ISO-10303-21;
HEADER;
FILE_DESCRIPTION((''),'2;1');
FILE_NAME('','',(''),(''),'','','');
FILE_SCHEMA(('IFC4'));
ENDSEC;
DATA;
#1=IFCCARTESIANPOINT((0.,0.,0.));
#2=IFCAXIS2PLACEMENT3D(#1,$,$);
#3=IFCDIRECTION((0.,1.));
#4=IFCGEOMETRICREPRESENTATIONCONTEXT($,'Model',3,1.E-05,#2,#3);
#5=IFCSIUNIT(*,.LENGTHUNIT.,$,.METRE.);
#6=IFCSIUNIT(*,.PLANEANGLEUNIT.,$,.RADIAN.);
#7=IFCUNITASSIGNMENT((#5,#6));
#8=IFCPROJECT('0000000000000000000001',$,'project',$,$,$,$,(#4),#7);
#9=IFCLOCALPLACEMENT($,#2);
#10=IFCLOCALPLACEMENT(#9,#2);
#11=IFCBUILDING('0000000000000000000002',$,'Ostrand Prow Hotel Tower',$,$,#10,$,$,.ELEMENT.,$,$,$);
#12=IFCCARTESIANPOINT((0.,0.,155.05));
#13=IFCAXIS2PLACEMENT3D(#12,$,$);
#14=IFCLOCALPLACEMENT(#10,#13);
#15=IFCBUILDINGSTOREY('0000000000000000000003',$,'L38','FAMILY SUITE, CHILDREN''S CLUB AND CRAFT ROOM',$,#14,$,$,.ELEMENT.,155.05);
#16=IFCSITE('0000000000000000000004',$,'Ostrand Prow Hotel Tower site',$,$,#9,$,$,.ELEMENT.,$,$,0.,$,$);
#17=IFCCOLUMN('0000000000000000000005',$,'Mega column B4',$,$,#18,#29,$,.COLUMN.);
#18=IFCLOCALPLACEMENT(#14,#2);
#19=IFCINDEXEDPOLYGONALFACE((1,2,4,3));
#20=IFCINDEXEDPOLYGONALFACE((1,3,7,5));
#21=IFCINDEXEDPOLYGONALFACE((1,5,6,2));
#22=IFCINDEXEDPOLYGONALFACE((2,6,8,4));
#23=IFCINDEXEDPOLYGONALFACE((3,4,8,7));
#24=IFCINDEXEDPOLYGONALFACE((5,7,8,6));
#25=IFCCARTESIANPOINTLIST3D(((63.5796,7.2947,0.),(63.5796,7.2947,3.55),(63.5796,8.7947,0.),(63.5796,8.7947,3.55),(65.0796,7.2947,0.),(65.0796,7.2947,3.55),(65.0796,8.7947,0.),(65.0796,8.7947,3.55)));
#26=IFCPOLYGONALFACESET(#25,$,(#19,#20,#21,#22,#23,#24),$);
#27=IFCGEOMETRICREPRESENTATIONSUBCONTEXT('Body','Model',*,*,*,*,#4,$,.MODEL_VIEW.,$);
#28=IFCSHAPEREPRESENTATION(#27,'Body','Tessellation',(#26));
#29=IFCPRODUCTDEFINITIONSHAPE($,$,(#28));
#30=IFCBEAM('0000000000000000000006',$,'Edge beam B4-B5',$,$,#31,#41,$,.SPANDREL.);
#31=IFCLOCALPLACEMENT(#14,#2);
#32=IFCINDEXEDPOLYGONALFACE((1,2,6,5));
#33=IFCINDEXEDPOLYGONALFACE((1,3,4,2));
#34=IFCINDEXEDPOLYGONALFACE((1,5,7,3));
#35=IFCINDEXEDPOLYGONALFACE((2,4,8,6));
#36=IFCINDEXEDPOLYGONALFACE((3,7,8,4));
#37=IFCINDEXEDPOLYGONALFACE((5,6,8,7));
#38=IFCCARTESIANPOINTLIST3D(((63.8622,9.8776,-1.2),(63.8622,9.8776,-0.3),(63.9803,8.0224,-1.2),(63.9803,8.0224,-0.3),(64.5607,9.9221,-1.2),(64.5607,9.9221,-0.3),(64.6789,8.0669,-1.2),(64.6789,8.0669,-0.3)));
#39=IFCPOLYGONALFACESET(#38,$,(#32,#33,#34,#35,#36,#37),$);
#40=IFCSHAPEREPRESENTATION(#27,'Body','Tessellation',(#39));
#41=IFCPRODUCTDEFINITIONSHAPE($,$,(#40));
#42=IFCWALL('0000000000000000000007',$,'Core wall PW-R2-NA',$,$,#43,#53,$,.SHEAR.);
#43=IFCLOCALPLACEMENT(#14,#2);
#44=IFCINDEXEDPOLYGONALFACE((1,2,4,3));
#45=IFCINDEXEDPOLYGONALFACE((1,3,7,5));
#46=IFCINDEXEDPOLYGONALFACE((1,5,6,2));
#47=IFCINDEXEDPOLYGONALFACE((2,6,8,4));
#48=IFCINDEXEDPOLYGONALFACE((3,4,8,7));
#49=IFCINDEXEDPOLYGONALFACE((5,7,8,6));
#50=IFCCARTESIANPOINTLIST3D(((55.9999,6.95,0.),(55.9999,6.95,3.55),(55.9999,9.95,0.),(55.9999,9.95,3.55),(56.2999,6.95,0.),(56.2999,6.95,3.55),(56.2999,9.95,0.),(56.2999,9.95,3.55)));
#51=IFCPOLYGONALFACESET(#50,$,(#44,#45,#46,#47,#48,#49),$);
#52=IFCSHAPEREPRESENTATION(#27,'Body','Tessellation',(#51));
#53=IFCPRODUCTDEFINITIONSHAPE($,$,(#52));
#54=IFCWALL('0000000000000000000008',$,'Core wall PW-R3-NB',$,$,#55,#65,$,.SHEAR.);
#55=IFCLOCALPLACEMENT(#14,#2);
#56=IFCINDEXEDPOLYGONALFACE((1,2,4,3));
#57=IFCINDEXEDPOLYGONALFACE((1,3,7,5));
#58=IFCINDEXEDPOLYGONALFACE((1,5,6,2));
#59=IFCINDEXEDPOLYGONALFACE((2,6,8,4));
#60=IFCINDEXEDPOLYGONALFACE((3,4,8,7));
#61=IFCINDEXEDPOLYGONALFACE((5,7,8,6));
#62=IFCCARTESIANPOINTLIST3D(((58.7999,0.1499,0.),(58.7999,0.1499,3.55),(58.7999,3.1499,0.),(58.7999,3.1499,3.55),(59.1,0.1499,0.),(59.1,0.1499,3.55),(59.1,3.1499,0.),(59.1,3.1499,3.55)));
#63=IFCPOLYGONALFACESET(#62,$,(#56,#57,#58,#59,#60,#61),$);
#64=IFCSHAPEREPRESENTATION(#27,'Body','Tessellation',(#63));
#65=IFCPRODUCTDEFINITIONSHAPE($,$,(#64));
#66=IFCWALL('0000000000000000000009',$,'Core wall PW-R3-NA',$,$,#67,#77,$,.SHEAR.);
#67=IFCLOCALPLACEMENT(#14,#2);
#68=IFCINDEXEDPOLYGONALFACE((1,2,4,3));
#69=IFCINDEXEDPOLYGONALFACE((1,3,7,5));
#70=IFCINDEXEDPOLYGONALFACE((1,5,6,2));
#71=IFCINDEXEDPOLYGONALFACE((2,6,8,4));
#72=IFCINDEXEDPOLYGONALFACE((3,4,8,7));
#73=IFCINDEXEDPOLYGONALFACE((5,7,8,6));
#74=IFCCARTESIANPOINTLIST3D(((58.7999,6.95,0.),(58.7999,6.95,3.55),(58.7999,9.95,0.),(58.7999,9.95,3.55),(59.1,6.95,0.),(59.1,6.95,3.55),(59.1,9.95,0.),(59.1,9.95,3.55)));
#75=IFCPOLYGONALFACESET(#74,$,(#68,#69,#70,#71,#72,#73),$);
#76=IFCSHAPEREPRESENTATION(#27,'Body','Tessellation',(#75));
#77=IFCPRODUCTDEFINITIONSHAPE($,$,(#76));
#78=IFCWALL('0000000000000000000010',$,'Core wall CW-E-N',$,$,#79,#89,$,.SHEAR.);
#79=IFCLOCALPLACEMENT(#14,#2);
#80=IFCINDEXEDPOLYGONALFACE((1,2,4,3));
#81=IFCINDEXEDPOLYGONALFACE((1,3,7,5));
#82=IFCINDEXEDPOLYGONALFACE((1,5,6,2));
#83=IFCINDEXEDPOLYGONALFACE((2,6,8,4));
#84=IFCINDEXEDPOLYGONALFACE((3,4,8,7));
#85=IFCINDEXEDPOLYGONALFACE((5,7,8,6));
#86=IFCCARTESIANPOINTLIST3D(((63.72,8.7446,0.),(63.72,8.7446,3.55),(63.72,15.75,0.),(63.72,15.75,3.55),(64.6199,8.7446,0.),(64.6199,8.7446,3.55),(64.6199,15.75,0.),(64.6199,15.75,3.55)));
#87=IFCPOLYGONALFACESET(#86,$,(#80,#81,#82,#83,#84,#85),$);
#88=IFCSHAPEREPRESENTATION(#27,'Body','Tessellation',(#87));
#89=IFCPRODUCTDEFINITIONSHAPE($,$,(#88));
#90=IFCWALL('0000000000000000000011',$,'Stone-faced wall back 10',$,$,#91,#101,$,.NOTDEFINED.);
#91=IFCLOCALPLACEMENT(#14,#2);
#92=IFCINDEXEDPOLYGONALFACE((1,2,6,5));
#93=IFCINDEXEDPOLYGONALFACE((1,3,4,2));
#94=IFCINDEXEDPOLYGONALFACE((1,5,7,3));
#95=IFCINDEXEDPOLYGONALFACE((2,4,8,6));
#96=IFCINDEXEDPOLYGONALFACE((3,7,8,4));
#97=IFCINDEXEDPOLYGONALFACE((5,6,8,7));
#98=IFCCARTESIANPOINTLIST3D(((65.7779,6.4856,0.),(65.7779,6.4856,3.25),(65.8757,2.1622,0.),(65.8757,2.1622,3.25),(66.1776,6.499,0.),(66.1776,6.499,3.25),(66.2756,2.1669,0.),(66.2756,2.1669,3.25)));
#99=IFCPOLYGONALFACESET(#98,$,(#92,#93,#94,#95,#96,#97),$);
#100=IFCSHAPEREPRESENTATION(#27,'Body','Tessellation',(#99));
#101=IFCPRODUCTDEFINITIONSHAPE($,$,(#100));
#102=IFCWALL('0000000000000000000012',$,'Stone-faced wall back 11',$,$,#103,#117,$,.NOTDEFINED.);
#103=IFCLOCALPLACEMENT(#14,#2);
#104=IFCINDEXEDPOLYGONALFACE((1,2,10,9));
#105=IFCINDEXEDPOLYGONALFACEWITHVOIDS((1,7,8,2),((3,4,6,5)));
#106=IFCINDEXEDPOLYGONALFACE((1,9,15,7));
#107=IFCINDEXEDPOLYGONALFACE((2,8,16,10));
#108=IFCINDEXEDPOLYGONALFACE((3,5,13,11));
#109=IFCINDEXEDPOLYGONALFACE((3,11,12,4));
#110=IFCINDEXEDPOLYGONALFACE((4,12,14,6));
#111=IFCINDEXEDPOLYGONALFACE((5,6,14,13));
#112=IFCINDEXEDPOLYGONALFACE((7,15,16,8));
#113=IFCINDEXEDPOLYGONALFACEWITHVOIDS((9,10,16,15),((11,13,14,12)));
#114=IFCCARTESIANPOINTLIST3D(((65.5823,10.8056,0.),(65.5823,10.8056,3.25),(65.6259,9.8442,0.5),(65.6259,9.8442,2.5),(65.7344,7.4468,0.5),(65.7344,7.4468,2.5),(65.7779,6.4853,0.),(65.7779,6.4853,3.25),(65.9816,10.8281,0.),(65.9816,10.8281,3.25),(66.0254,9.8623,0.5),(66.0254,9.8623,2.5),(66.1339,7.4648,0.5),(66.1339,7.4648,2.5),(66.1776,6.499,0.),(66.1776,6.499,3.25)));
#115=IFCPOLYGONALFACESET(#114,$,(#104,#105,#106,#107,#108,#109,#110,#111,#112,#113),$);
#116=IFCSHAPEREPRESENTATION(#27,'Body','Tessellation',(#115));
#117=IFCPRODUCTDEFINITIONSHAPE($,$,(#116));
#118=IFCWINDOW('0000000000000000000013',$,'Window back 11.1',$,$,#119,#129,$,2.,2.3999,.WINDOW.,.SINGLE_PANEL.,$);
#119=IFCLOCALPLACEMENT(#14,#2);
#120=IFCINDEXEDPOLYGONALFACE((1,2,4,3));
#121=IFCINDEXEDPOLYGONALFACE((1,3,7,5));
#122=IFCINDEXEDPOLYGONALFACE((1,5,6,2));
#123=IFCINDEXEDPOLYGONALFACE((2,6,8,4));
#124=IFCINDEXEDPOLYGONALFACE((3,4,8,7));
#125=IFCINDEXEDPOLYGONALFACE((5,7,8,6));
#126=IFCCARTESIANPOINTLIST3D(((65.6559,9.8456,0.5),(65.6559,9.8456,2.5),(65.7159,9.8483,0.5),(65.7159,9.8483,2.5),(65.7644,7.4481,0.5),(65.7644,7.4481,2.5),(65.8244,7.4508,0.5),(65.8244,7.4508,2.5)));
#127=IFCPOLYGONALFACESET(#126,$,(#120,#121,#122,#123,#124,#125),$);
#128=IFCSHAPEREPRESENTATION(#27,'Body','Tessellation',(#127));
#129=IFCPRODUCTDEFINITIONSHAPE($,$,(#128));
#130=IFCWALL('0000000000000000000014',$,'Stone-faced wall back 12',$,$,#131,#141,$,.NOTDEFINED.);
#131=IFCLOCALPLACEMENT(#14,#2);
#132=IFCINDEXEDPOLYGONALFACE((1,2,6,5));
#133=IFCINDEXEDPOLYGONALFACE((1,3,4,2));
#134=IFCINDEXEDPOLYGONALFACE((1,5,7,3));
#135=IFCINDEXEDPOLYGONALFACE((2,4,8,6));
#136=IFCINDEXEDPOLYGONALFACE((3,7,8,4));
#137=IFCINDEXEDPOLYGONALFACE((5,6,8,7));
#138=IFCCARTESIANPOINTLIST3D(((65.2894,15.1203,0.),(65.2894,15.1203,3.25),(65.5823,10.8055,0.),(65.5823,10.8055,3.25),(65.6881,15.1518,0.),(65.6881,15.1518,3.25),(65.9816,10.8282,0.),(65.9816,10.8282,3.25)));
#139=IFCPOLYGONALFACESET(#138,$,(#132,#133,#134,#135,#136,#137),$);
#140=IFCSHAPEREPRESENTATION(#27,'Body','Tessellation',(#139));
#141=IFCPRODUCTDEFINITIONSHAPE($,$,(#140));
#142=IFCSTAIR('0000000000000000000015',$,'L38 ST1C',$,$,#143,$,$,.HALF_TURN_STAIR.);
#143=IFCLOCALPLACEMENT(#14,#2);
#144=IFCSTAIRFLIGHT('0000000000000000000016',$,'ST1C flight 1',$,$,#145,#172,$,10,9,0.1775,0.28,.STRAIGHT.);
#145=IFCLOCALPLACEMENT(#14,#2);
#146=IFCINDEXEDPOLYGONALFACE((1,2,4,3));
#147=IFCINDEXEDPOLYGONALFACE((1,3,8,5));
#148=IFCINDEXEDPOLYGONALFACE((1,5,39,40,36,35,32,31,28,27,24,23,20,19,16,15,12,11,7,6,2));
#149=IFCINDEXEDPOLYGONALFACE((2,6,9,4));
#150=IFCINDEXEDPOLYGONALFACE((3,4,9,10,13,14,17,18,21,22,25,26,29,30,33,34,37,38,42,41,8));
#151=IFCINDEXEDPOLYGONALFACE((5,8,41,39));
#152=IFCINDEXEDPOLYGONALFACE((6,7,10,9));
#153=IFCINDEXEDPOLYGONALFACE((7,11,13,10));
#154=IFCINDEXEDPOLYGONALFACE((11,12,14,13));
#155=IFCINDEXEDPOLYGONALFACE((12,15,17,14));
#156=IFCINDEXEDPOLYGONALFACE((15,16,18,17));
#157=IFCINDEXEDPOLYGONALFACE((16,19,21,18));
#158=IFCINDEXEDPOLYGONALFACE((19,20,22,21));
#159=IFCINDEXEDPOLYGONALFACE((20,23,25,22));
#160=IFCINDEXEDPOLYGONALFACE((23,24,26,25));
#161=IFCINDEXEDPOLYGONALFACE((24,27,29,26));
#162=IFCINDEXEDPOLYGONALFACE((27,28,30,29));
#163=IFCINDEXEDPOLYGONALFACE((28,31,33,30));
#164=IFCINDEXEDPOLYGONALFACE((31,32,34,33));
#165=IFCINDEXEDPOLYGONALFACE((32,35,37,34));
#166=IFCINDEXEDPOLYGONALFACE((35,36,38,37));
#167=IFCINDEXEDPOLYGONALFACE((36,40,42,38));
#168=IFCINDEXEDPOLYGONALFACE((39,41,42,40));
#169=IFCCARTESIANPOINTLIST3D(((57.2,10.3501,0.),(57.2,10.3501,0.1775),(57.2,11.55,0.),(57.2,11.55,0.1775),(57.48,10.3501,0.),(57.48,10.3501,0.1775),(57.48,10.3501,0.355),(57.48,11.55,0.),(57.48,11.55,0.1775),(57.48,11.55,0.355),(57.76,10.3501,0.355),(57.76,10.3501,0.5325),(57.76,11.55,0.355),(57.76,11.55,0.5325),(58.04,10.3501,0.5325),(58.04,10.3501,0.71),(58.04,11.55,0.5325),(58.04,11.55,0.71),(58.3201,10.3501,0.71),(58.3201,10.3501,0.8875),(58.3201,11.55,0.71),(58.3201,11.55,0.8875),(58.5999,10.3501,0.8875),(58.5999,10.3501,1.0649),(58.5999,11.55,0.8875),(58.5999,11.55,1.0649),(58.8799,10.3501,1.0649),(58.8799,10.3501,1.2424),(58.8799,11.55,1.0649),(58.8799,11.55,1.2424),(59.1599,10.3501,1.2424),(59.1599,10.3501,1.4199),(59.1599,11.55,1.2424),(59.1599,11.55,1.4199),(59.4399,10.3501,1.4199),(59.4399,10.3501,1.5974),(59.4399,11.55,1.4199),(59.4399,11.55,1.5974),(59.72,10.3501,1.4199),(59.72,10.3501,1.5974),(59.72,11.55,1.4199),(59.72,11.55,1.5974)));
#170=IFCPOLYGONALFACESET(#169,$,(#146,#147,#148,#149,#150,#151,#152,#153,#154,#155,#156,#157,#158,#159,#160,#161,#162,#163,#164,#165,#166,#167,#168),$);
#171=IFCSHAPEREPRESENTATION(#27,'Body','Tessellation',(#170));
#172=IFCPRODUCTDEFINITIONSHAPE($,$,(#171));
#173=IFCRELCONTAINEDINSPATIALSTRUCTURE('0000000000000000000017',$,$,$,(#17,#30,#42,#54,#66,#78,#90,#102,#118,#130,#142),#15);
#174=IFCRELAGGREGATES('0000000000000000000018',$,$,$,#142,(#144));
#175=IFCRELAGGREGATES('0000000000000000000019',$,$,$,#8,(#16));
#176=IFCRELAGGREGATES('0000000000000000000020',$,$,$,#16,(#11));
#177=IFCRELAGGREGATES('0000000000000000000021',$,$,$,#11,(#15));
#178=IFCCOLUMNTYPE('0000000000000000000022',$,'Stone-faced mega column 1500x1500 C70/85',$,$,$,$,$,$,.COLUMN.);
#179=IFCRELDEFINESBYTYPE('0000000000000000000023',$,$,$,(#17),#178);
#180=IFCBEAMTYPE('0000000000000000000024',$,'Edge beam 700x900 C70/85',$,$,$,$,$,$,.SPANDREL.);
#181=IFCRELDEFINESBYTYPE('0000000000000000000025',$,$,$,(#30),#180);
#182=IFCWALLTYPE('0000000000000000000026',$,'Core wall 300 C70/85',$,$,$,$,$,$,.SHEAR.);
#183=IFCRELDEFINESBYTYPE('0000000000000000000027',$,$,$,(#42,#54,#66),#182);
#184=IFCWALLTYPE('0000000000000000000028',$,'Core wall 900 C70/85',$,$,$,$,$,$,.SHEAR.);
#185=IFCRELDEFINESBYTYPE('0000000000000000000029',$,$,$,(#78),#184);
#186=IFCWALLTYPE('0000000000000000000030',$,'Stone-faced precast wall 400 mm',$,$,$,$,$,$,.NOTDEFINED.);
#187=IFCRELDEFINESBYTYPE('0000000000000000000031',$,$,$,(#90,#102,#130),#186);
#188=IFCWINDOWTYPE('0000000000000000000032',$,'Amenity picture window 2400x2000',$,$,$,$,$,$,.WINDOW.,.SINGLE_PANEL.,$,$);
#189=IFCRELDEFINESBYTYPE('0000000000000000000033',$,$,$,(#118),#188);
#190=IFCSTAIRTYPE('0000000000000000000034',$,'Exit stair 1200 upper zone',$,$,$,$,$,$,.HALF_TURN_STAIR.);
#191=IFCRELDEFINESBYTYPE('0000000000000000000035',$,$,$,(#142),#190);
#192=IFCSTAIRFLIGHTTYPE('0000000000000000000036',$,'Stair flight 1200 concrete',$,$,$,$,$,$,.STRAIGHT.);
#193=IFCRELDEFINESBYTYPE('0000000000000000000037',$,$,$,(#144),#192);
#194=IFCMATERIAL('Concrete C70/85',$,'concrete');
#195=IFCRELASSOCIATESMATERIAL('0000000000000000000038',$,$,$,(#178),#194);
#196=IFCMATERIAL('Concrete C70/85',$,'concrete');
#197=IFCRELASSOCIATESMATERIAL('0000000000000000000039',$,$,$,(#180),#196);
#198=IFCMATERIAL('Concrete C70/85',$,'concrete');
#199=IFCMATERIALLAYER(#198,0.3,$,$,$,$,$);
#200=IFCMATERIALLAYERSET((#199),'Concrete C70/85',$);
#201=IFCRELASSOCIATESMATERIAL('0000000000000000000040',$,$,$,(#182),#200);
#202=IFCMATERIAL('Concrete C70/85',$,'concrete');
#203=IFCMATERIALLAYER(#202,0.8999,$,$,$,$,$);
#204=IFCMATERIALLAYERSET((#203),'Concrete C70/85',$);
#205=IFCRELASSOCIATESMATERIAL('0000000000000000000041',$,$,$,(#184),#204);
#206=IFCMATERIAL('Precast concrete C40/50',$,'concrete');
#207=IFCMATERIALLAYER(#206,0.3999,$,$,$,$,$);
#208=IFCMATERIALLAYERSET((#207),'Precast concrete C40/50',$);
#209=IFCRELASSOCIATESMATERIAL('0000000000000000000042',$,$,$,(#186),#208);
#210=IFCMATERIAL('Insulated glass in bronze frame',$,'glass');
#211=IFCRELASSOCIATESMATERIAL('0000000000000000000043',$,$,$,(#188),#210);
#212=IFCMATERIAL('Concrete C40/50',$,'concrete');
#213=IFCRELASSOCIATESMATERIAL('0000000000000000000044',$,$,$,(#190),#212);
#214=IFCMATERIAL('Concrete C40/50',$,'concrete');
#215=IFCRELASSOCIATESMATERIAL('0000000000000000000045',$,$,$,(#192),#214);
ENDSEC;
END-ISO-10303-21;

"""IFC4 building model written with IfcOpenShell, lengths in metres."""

from ifc_helpers import new_model, si_unit, direction, frame, frame_2d, origin, origin_2d, place, context, subcontext, project, spatial, polyline, rectangle, outline, extrude, material, layer, layer_set, material_profile, profile_set, type_object, element, fill, aggregate, save


model = new_model("IFC4")

# Units and contexts
model_context = context("Model", 3, precision=1e-05, world=origin(), true_north=direction((0.0, 1.0)))
body_context = subcontext(model_context, "Body", "Model", "MODEL_VIEW")
ifc_project = project(units=[si_unit("LENGTHUNIT", "METRE"), si_unit("PLANEANGLEUNIT", "RADIAN")], contexts=[model_context])

# Site, building, storey
site_placement = place(None, origin())
site = spatial("IfcSite", under=ifc_project, at=site_placement, Name="Ostrand Prow Hotel Tower site", CompositionType="ELEMENT", RefElevation=0.0)
building_placement = place(site_placement, origin())
building = spatial("IfcBuilding", under=site, at=building_placement, Name="Ostrand Prow Hotel Tower", CompositionType="ELEMENT")
storey_placement = place(building_placement, frame((0.0, 0.0, 155.05)))
storey = spatial("IfcBuildingStorey", under=building, at=storey_placement, Name="L38", Description="FAMILY SUITE, CHILDREN'S CLUB AND CRAFT ROOM", CompositionType="ELEMENT", Elevation=155.05)

# Column
ifc_material_1 = material(Name="Concrete C70/85", Category="concrete")
ifc_material_profile_1 = material_profile(ifc_material_1, rectangle(XDim=1.5, YDim=1.5, at=origin_2d()), Name="RC 1500x1500")
ifc_profile_set_1 = profile_set([ifc_material_profile_1], Name="Concrete C70/85")
column_type = type_object("IfcColumnType", Name="Stone-faced mega column 1500x1500 C70/85", PredefinedType="COLUMN", material=ifc_profile_set_1)
column_placement = place(storey_placement, frame((64.3296, 8.0447, 0.0), z_axis=(0.0, 0.0, 1.0), x_axis=(1.0, 0.0, 0.0)))
element("IfcColumn", 1, at=column_placement, inside=storey, type_object=column_type, Name="Mega column B4", PredefinedType="COLUMN", context=body_context, shape_type="SweptSolid", body=[
    extrude(rectangle(XDim=1.5, YDim=1.5, at=origin_2d()), origin(), (0.0, 0.0, 1.0), 3.55),
])

# Beam
ifc_material_2 = material(Name="Concrete C70/85", Category="concrete")
ifc_material_profile_2 = material_profile(ifc_material_2, rectangle(XDim=0.7, YDim=0.8999, at=origin_2d()), Name="RC 700x900")
ifc_profile_set_2 = profile_set([ifc_material_profile_2], Name="Concrete C70/85")
beam_type = type_object("IfcBeamType", Name="Edge beam 700x900 C70/85", PredefinedType="SPANDREL", material=ifc_profile_set_2)
beam_placement = place(storey_placement, frame((64.3296, 8.0447, -0.75), z_axis=(-0.063564, 0.997978, 0.0), x_axis=(-0.997978, -0.063564, 0.0)))
element("IfcBeam", 2, at=beam_placement, inside=storey, type_object=beam_type, Name="Edge beam B4-B5", PredefinedType="SPANDREL", context=body_context, shape_type="SweptSolid", body=[
    extrude(rectangle(XDim=0.7, YDim=0.8999, at=origin_2d()), origin(), (0.0, 0.0, 1.0), 1.8589),
])

# Walls
ifc_material_3 = material(Name="Concrete C70/85", Category="concrete")
ifc_layer_1 = layer(ifc_material_3, 0.3)
ifc_layer_set_1 = layer_set([ifc_layer_1], Name="Concrete C70/85")
wall_type_1 = type_object("IfcWallType", Name="Core wall 300 C70/85", PredefinedType="SHEAR", material=ifc_layer_set_1)
for number, where, z_axis, x_axis, name in (
    (3, (56.1499, 6.95, 0.0), (0.0, 0.0, 1.0), (0.0, 1.0, 0.0), "Core wall PW-R2-NA"),
    (4, (58.95, 0.1499, 0.0), (0.0, 0.0, 1.0), (0.0, 1.0, 0.0), "Core wall PW-R3-NB"),
    (5, (58.95, 6.95, 0.0), (0.0, 0.0, 1.0), (0.0, 1.0, 0.0), "Core wall PW-R3-NA"),
):
    element("IfcWall", number, at=place(storey_placement, frame(where, z_axis=z_axis, x_axis=x_axis)), inside=storey, type_object=wall_type_1, Name=name, PredefinedType="SHEAR", context=body_context, shape_type="SweptSolid", body=[
        extrude(rectangle(XDim=3.0, YDim=0.3, at=frame_2d((1.5, 0.0))), origin(), (0.0, 0.0, 1.0), 3.55),
    ])
ifc_material_4 = material(Name="Concrete C70/85", Category="concrete")
ifc_layer_2 = layer(ifc_material_4, 0.8999)
ifc_layer_set_2 = layer_set([ifc_layer_2], Name="Concrete C70/85")
wall_type_2 = type_object("IfcWallType", Name="Core wall 900 C70/85", PredefinedType="SHEAR", material=ifc_layer_set_2)
wall_1_placement = place(storey_placement, frame((64.1699, 8.7446, 0.0), z_axis=(0.0, 0.0, 1.0), x_axis=(0.0, 1.0, 0.0)))
element("IfcWall", 6, at=wall_1_placement, inside=storey, type_object=wall_type_2, Name="Core wall CW-E-N", PredefinedType="SHEAR", context=body_context, shape_type="SweptSolid", body=[
    extrude(rectangle(XDim=7.0054, YDim=0.8999, at=frame_2d((3.5027, 0.0))), origin(), (0.0, 0.0, 1.0), 3.55),
])
ifc_material_5 = material(Name="Precast concrete C40/50", Category="concrete")
ifc_layer_3 = layer(ifc_material_5, 0.3999)
ifc_layer_set_3 = layer_set([ifc_layer_3], Name="Precast concrete C40/50")
wall_type_3 = type_object("IfcWallType", Name="Stone-faced precast wall 400 mm", PredefinedType="NOTDEFINED", material=ifc_layer_set_3)
wall_2_placement = place(storey_placement, frame((66.0757, 2.1646, 0.0), z_axis=(0.0, 0.0, 1.0), x_axis=(-0.022616, 0.999744, 0.0)))
element("IfcWall", 7, at=wall_2_placement, inside=storey, type_object=wall_type_3, Name="Stone-faced wall back 10", PredefinedType="NOTDEFINED", context=body_context, shape_type="SweptSolid", body=[
    extrude(outline(polyline([(-0.0022, -0.2), (4.3311, -0.2), (4.3267, 0.2), (0.0022, 0.2), (-0.0022, -0.2)])), origin(), (0.0, 0.0, 1.0), 3.25),
])

# Wall, opening, window
wall_3_placement = place(storey_placement, frame((65.9778, 6.4922, 0.0), z_axis=(0.0, 0.0, 1.0), x_axis=(-0.045229, 0.998977, 0.0)))
wall_3 = element("IfcWall", 8, at=wall_3_placement, inside=storey, type_object=wall_type_3, Name="Stone-faced wall back 11", PredefinedType="NOTDEFINED", context=body_context, shape_type="SweptSolid", body=[
    extrude(outline(polyline([(-0.0022, -0.2), (4.3313, -0.2), (4.3269, 0.2), (0.0022, 0.2), (-0.0022, -0.2)])), origin(), (0.0, 0.0, 1.0), 3.25),
])
opening_placement = place(wall_3_placement, frame((0.9646, 0.0, 0.5)))
opening = element("IfcOpeningElement", 9, at=opening_placement, cuts=wall_3, PredefinedType="OPENING", context=body_context, shape_type="SweptSolid", body=[
    extrude(rectangle(XDim=2.3999, YDim=2.0, at=frame_2d((1.2, 1.0))), frame((0.0, 0.21, 0.0), z_axis=(0.0, -1.0, 0.0), x_axis=(1.0, 0.0, 0.0)), (0.0, 0.0, 1.0), 0.4199),
])
ifc_material_6 = material(Name="Insulated glass in bronze frame", Category="glass")
window_type = type_object("IfcWindowType", Name="Amenity picture window 2400x2000", PartitioningType="SINGLE_PANEL", PredefinedType="WINDOW", material=ifc_material_6)
window_placement = place(opening_placement, origin())
window = element("IfcWindow", 10, at=window_placement, inside=storey, type_object=window_type, Name="Window back 11.1", OverallHeight=2.0, OverallWidth=2.3999, PartitioningType="SINGLE_PANEL", PredefinedType="WINDOW", context=body_context, shape_type="SweptSolid", body=[
    extrude(rectangle(XDim=2.3999, YDim=2.0, at=frame_2d((1.2, 1.0))), frame((0.0, 0.1699, 0.0), z_axis=(0.0, -1.0, 0.0), x_axis=(1.0, 0.0, 0.0)), (0.0, 0.0, 1.0), 0.0601),
])
fill(opening, window)

# Wall
wall_4_placement = place(storey_placement, frame((65.782, 10.8169, 0.0), z_axis=(0.0, 0.0, 1.0), x_axis=(-0.067732, 0.997704, 0.0)))
element("IfcWall", 11, at=wall_4_placement, inside=storey, type_object=wall_type_3, Name="Stone-faced wall back 12", PredefinedType="NOTDEFINED", context=body_context, shape_type="SweptSolid", body=[
    extrude(outline(polyline([(-0.0022, -0.2), (4.3313, -0.2), (4.3269, 0.2), (0.0022, 0.2), (-0.0022, -0.2)])), origin(), (0.0, 0.0, 1.0), 3.25),
])

# Stair, stair flight
ifc_material_7 = material(Name="Concrete C40/50", Category="concrete")
stair_type = type_object("IfcStairType", Name="Exit stair 1200 upper zone", PredefinedType="HALF_TURN_STAIR", material=ifc_material_7)
stair_1_placement = place(storey_placement, origin())
stair_1 = element("IfcStair", 12, at=stair_1_placement, inside=storey, type_object=stair_type, Name="L38 ST1C", PredefinedType="HALF_TURN_STAIR")
ifc_material_8 = material(Name="Concrete C40/50", Category="concrete")
stair_flight_type = type_object("IfcStairFlightType", Name="Stair flight 1200 concrete", PredefinedType="STRAIGHT", material=ifc_material_8)
stair_flight_1_placement = place(storey_placement, frame((57.2, 10.95, 0.0), z_axis=(0.0, 0.0, 1.0), x_axis=(1.0, 0.0, 0.0)))
stair_flight_1 = element("IfcStairFlight", 13, at=stair_flight_1_placement, type_object=stair_flight_type, Name="ST1C flight 1", NumberOfRisers=10, NumberOfTreads=9, PredefinedType="STRAIGHT", RiserHeight=0.1775, TreadLength=0.28, context=body_context, shape_type="SweptSolid", body=[
    extrude(outline(polyline([(0.0, 0.0), (0.0, 0.1775), (0.28, 0.1775), (0.28, 0.355), (0.5601, 0.355), (0.5601, 0.5325), (0.8401, 0.5325), (0.8401, 0.71), (1.1201, 0.71), (1.1201, 0.8875), (1.3999, 0.8875), (1.3999, 1.0649), (1.6799, 1.0649), (1.6799, 1.2424), (1.96, 1.2424), (1.96, 1.4199), (2.24, 1.4199), (2.24, 1.5974), (2.52, 1.5974), (2.52, 1.7749), (2.52, 1.4199), (0.28, 0.0), (0.0, 0.0)])), frame((0.0, 0.6001, 0.0), z_axis=(0.0, -1.0, 0.0), x_axis=(1.0, 0.0, 0.0)), (0.0, 0.0, 1.0), 1.2),
])
aggregate(stair_1, [stair_flight_1])

save(model, "model.ifc")
